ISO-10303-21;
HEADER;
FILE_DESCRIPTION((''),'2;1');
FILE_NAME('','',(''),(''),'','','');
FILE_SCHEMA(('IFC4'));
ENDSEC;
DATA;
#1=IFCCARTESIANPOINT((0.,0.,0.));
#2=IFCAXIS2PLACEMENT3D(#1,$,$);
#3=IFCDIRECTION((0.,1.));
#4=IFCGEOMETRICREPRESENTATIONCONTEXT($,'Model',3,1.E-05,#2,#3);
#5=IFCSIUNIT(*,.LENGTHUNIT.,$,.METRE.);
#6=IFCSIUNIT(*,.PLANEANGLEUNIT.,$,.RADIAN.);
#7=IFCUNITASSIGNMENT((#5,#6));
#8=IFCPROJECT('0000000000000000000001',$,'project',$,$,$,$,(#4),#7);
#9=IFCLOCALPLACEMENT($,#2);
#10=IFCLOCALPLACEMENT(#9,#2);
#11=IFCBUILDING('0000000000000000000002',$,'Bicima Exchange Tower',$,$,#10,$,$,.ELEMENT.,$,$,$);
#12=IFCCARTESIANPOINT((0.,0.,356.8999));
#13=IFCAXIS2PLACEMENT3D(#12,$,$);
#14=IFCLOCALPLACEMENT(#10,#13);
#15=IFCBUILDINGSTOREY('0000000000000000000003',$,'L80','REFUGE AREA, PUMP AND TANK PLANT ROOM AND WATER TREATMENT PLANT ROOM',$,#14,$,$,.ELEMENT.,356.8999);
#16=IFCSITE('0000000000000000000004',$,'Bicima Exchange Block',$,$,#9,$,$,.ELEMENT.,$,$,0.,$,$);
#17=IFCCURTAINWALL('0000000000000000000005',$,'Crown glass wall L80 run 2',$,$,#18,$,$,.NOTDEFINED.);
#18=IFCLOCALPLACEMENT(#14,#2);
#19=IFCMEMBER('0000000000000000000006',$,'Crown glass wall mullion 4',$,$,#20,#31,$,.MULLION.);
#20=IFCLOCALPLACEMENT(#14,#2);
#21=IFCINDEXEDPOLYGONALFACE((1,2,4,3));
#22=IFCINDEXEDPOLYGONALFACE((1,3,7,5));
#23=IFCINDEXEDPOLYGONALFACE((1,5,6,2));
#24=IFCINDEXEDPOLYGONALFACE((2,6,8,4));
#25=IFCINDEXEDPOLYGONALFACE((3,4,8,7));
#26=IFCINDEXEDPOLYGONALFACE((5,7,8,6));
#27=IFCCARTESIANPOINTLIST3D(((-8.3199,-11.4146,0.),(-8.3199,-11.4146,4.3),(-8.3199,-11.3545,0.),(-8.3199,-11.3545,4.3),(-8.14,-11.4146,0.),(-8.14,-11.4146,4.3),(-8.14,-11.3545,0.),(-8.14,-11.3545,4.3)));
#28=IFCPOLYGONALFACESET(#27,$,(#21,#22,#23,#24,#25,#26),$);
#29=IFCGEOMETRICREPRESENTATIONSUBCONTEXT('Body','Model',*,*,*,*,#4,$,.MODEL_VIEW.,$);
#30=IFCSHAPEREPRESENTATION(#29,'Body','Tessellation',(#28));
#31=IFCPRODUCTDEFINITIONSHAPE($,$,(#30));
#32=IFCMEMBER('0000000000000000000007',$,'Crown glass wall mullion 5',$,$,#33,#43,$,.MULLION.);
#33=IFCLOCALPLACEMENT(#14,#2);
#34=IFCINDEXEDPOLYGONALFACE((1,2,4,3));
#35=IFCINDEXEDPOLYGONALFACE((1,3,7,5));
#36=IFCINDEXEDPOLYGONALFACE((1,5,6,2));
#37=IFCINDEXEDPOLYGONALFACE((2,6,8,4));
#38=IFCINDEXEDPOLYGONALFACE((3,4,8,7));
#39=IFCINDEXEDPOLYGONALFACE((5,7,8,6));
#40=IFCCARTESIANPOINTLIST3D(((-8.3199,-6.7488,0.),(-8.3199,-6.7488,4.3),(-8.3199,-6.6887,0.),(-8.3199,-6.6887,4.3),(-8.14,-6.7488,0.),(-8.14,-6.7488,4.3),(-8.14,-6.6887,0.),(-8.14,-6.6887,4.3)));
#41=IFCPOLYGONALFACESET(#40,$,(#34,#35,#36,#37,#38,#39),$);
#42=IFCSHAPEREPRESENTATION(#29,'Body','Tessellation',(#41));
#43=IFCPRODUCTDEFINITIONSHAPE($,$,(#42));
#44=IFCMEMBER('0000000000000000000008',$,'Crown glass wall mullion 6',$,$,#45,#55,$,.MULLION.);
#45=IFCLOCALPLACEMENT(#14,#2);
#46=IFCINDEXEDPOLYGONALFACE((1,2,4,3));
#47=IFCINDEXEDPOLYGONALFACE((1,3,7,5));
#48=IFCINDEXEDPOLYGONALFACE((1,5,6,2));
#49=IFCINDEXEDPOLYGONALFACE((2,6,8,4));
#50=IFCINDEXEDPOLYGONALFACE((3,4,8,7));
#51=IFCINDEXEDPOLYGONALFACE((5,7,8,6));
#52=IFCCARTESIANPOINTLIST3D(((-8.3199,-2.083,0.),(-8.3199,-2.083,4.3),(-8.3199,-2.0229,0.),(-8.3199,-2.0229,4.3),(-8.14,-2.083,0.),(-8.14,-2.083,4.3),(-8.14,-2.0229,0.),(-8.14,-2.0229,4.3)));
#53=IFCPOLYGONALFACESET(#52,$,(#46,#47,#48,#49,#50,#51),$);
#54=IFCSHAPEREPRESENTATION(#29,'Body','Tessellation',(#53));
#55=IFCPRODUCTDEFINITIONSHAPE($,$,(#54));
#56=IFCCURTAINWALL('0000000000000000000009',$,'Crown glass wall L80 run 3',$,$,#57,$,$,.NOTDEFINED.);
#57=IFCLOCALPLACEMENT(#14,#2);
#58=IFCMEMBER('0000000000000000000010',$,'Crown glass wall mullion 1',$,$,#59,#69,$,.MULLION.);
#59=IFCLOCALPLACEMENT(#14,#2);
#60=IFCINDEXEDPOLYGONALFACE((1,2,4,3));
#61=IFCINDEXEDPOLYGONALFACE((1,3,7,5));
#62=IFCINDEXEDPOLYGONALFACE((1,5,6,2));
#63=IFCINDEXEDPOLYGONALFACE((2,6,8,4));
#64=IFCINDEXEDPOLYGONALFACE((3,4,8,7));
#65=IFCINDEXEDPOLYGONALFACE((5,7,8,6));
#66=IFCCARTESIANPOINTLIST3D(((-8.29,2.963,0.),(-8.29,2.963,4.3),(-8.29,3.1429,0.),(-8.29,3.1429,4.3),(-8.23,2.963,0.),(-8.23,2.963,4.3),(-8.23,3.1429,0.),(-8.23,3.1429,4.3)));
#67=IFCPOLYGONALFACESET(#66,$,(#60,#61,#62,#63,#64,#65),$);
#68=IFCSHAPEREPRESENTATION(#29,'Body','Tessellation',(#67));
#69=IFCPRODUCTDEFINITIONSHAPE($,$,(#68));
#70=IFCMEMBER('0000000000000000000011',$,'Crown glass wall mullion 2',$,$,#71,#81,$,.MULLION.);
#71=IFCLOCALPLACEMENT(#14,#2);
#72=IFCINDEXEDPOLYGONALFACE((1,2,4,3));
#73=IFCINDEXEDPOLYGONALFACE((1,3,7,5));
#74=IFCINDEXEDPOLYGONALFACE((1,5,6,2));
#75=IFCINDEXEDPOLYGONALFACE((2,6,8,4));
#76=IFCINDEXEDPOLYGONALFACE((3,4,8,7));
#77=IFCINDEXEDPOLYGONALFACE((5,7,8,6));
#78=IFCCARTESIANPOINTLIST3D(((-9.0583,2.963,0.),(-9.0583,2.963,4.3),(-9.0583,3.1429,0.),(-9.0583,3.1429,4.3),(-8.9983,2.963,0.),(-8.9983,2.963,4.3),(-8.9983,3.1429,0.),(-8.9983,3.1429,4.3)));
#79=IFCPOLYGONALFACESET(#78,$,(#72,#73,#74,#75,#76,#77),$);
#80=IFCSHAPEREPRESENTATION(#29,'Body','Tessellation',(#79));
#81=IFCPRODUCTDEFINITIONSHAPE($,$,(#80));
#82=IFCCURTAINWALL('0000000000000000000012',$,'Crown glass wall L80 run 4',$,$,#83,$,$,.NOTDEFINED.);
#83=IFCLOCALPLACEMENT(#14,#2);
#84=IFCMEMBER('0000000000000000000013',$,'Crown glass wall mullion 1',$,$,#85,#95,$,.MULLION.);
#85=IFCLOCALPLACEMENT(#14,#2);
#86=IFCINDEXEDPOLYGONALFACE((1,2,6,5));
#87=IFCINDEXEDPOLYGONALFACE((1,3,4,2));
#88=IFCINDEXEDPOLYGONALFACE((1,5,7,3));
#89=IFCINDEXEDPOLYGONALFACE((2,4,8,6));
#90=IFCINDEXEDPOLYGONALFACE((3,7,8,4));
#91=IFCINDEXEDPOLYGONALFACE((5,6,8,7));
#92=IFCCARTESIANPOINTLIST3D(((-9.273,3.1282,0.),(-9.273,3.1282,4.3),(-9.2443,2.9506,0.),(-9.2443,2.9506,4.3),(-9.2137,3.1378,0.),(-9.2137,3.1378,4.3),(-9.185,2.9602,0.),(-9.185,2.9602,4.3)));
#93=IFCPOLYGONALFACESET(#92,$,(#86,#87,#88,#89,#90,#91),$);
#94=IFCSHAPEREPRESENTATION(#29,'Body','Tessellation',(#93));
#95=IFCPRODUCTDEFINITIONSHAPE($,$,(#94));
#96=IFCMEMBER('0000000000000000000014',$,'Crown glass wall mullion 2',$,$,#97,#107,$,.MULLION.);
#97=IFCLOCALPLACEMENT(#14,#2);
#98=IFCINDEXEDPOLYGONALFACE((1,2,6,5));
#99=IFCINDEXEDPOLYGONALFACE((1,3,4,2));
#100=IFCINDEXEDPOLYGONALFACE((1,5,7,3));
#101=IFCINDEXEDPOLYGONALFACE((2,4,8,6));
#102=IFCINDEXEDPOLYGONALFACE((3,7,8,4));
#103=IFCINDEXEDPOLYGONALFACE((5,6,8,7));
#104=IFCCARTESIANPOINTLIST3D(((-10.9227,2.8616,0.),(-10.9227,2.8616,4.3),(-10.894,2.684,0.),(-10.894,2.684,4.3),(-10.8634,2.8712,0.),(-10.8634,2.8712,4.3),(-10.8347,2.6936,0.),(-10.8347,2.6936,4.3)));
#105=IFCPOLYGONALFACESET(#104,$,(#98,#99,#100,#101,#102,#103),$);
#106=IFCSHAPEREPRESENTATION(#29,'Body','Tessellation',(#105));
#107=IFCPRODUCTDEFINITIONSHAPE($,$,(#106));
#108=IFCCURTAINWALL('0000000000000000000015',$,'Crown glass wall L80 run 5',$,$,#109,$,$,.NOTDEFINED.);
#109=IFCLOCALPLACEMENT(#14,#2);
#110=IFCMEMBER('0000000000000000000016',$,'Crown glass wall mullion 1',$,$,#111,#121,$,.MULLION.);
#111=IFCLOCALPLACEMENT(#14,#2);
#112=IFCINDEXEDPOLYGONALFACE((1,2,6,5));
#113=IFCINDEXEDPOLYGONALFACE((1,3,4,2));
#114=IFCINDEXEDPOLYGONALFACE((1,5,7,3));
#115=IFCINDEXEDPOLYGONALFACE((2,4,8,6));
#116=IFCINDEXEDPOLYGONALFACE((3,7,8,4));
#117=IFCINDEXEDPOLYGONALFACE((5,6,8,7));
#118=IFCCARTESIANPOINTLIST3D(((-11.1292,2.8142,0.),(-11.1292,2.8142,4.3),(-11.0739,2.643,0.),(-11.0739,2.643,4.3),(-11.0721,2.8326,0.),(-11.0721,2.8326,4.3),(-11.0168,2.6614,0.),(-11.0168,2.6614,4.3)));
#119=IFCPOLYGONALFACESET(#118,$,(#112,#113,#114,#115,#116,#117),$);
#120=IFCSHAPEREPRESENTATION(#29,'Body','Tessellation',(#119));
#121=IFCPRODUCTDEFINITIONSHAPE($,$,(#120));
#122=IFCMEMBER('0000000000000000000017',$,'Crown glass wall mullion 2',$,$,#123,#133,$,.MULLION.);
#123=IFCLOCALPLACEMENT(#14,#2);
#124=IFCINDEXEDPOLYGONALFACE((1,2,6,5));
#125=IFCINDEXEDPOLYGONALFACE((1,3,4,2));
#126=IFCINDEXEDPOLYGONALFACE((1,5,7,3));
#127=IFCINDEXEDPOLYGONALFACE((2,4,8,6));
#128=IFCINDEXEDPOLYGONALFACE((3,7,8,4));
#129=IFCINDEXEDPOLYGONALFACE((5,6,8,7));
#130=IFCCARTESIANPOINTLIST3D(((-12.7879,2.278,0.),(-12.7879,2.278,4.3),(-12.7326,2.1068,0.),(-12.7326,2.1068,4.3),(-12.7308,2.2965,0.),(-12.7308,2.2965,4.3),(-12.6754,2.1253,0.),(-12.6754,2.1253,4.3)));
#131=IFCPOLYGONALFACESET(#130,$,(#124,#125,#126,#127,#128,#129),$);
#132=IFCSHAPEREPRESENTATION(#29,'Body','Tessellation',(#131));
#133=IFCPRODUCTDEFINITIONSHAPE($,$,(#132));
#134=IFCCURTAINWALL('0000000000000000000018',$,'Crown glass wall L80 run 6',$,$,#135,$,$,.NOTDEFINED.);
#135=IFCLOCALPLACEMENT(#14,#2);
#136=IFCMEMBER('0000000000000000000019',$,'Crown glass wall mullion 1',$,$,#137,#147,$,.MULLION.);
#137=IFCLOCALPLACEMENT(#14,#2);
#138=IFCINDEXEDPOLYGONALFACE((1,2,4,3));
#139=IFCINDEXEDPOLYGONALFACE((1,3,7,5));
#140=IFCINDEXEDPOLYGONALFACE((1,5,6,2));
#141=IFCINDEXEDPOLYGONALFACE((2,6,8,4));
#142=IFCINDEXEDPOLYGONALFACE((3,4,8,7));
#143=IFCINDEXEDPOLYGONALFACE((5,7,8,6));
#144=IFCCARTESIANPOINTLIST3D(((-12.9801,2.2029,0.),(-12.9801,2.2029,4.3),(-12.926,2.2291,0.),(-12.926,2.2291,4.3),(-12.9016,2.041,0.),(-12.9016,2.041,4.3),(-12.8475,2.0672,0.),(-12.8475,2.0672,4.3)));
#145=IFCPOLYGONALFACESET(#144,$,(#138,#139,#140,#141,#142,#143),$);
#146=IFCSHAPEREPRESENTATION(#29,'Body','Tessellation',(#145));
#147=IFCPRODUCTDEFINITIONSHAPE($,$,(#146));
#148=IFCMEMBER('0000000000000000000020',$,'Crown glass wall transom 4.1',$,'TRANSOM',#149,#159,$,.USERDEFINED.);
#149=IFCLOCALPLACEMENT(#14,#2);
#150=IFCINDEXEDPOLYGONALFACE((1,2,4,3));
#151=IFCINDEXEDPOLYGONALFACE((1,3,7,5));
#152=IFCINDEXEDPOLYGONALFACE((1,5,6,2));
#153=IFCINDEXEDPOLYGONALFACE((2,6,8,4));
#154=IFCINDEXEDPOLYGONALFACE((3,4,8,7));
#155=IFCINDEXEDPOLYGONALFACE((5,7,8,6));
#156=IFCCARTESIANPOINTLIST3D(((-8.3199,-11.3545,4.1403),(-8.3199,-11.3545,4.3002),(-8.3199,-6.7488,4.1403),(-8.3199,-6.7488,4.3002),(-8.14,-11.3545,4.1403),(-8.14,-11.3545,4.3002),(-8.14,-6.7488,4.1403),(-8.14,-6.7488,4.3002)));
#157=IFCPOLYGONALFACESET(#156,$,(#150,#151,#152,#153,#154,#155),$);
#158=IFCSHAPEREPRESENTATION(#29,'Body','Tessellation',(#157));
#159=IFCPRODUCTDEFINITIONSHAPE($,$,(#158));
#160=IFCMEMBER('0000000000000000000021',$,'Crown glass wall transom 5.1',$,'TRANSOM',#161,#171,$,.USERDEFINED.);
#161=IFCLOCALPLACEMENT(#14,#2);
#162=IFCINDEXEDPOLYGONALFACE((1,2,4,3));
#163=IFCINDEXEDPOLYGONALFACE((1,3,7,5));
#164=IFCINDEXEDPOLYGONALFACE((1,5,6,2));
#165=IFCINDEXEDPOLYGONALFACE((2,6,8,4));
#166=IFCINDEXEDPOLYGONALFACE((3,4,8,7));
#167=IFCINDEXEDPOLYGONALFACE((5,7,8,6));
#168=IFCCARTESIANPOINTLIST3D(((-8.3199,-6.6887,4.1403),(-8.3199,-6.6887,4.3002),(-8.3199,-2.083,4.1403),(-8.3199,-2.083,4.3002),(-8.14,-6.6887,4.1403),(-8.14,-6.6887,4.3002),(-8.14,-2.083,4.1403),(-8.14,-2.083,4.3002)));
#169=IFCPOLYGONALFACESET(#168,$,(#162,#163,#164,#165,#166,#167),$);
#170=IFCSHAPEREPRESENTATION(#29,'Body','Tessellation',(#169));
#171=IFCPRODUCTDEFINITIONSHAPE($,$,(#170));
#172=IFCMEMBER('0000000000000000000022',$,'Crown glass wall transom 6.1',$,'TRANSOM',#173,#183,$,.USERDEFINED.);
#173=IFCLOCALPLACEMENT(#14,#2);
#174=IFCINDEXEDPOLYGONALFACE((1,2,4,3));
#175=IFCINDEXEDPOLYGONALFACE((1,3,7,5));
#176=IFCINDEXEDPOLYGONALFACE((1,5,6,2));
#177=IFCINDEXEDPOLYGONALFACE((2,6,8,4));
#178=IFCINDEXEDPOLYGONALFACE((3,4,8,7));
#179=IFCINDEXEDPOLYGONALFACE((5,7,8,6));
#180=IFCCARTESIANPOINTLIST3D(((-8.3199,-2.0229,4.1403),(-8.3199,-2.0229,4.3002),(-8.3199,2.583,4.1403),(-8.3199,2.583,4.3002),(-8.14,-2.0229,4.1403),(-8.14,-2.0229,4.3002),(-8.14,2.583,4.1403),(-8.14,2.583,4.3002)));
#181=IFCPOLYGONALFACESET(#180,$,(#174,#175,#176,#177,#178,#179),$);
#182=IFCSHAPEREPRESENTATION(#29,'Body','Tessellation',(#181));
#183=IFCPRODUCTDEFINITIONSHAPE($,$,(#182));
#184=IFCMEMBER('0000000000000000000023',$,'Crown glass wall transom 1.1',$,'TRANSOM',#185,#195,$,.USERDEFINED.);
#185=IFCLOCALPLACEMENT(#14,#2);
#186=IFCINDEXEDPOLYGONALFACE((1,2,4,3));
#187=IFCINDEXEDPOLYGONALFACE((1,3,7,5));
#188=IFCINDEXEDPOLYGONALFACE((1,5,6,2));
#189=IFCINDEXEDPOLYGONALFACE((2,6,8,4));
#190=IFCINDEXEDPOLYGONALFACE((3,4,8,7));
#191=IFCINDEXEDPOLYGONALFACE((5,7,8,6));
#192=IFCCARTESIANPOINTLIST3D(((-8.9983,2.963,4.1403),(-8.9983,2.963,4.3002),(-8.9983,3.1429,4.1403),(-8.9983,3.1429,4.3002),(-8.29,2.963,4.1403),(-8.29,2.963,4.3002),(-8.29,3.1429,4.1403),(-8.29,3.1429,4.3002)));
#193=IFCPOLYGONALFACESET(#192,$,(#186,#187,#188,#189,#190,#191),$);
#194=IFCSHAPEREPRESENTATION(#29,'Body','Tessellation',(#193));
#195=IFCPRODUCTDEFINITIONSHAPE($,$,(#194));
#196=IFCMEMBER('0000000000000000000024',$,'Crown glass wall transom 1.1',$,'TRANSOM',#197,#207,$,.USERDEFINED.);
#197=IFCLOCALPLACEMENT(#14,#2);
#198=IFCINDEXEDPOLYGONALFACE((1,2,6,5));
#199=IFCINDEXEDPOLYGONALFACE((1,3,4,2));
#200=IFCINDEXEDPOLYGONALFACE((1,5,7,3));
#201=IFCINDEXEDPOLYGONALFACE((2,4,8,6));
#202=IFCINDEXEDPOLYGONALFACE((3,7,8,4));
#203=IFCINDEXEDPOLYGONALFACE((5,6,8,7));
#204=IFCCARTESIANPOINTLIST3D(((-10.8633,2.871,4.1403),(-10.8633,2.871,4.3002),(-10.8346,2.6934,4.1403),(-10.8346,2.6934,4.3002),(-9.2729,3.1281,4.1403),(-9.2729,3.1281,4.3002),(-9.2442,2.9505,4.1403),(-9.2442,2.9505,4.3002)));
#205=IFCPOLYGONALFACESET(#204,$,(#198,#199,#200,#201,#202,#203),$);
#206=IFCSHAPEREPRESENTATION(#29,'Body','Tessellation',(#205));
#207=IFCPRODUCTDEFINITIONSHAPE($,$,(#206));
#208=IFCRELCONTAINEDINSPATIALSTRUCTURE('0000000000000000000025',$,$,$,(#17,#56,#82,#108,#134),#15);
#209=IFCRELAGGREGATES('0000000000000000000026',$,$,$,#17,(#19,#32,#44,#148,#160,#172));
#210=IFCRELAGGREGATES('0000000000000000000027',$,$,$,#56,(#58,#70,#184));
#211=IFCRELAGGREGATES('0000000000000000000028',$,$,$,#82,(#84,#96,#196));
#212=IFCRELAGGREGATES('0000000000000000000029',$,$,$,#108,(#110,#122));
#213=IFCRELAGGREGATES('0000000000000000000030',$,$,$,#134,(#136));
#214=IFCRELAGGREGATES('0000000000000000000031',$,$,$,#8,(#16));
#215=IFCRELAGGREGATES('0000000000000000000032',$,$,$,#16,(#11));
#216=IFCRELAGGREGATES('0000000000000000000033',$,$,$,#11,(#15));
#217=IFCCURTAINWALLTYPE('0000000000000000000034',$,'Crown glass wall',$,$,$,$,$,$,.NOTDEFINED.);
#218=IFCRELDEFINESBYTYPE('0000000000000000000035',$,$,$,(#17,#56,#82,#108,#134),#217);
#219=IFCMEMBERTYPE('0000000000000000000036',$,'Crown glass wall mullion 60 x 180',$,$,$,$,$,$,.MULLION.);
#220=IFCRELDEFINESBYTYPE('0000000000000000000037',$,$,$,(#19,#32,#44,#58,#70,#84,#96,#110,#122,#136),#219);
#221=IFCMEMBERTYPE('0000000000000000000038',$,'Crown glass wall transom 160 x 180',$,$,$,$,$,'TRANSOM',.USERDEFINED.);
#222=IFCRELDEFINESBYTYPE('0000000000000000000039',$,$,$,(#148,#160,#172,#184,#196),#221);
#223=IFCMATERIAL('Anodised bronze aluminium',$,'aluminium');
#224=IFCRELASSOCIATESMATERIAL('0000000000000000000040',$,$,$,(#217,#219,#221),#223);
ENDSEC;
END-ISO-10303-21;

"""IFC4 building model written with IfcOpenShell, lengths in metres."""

from ifc_helpers import new_model, si_unit, direction, frame, origin, origin_2d, place, context, subcontext, project, spatial, rectangle, extrude, material, material_profile, profile_set, type_object, element, aggregate, save


model = new_model("IFC4")

# Units and contexts
model_context = context("Model", 3, precision=1e-05, world=origin(), true_north=direction((0.0, 1.0)))
body_context = subcontext(model_context, "Body", "Model", "MODEL_VIEW")
ifc_project = project(units=[si_unit("LENGTHUNIT", "METRE"), si_unit("PLANEANGLEUNIT", "RADIAN")], contexts=[model_context])

# Site, building, storey
site_placement = place(None, origin())
site = spatial("IfcSite", under=ifc_project, at=site_placement, Name="Bicima Exchange Block", CompositionType="ELEMENT", RefElevation=0.0)
building_placement = place(site_placement, origin())
building = spatial("IfcBuilding", under=site, at=building_placement, Name="Bicima Exchange Tower", CompositionType="ELEMENT")
storey_placement = place(building_placement, frame((0.0, 0.0, 356.8999)))
storey = spatial("IfcBuildingStorey", under=building, at=storey_placement, Name="L80", Description="REFUGE AREA, PUMP AND TANK PLANT ROOM AND WATER TREATMENT PLANT ROOM", CompositionType="ELEMENT", Elevation=356.8999)

# Curtain walls, members
ifc_material_1 = material(Name="Anodised bronze aluminium", Category="aluminium")
curtain_wall_type = type_object("IfcCurtainWallType", Name="Crown glass wall", PredefinedType="NOTDEFINED", material=ifc_material_1)
curtain_wall_1_placement = place(storey_placement, origin())
curtain_wall_1 = element("IfcCurtainWall", 1, at=curtain_wall_1_placement, inside=storey, type_object=curtain_wall_type, Name="Crown glass wall L80 run 2", PredefinedType="NOTDEFINED")
ifc_material_profile_1 = material_profile(ifc_material_1, rectangle(XDim=0.1799, YDim=0.0601, at=origin_2d()))
ifc_profile_set_1 = profile_set([ifc_material_profile_1], Name="Anodised bronze aluminium")
member_type_1 = type_object("IfcMemberType", Name="Crown glass wall mullion 60 x 180", PredefinedType="MULLION", material=ifc_profile_set_1)
member_1_placement = place(storey_placement, frame((-8.23, -11.3845, 0.0), z_axis=(0.0, 0.0, 1.0), x_axis=(-1.0, 0.0, 0.0)))
member_1 = element("IfcMember", 2, at=member_1_placement, type_object=member_type_1, Name="Crown glass wall mullion 4", PredefinedType="MULLION", context=body_context, shape_type="SweptSolid", body=[
    extrude(rectangle(XDim=0.1799, YDim=0.0601, at=origin_2d()), origin(), (0.0, 0.0, 1.0), 4.3),
])
member_2_placement = place(storey_placement, frame((-8.23, -6.7188, 0.0), z_axis=(0.0, 0.0, 1.0), x_axis=(-1.0, 0.0, 0.0)))
member_2 = element("IfcMember", 3, at=member_2_placement, type_object=member_type_1, Name="Crown glass wall mullion 5", PredefinedType="MULLION", context=body_context, shape_type="SweptSolid", body=[
    extrude(rectangle(XDim=0.1799, YDim=0.0601, at=origin_2d()), origin(), (0.0, 0.0, 1.0), 4.3),
])
member_3_placement = place(storey_placement, frame((-8.23, -2.053, 0.0), z_axis=(0.0, 0.0, 1.0), x_axis=(-1.0, 0.0, 0.0)))
member_3 = element("IfcMember", 4, at=member_3_placement, type_object=member_type_1, Name="Crown glass wall mullion 6", PredefinedType="MULLION", context=body_context, shape_type="SweptSolid", body=[
    extrude(rectangle(XDim=0.1799, YDim=0.0601, at=origin_2d()), origin(), (0.0, 0.0, 1.0), 4.3),
])
curtain_wall_2_placement = place(storey_placement, origin())
curtain_wall_2 = element("IfcCurtainWall", 5, at=curtain_wall_2_placement, inside=storey, type_object=curtain_wall_type, Name="Crown glass wall L80 run 3", PredefinedType="NOTDEFINED")
member_4_placement = place(storey_placement, frame((-8.26, 3.053, 0.0), z_axis=(0.0, 0.0, 1.0), x_axis=(0.0, -1.0, 0.0)))
member_4 = element("IfcMember", 6, at=member_4_placement, type_object=member_type_1, Name="Crown glass wall mullion 1", PredefinedType="MULLION", context=body_context, shape_type="SweptSolid", body=[
    extrude(rectangle(XDim=0.1799, YDim=0.0601, at=origin_2d()), origin(), (0.0, 0.0, 1.0), 4.3),
])
member_5_placement = place(storey_placement, frame((-9.0283, 3.053, 0.0), z_axis=(0.0, 0.0, 1.0), x_axis=(0.0, -1.0, 0.0)))
member_5 = element("IfcMember", 7, at=member_5_placement, type_object=member_type_1, Name="Crown glass wall mullion 2", PredefinedType="MULLION", context=body_context, shape_type="SweptSolid", body=[
    extrude(rectangle(XDim=0.1799, YDim=0.0601, at=origin_2d()), origin(), (0.0, 0.0, 1.0), 4.3),
])
curtain_wall_3_placement = place(storey_placement, origin())
curtain_wall_3 = element("IfcCurtainWall", 8, at=curtain_wall_3_placement, inside=storey, type_object=curtain_wall_type, Name="Crown glass wall L80 run 4", PredefinedType="NOTDEFINED")
member_6_placement = place(storey_placement, frame((-9.229, 3.0442, 0.0), z_axis=(0.0, 0.0, 1.0), x_axis=(0.15955, -0.98719, 0.0)))
member_6 = element("IfcMember", 9, at=member_6_placement, type_object=member_type_1, Name="Crown glass wall mullion 1", PredefinedType="MULLION", context=body_context, shape_type="SweptSolid", body=[
    extrude(rectangle(XDim=0.1799, YDim=0.0601, at=origin_2d()), origin(), (0.0, 0.0, 1.0), 4.3),
])
member_7_placement = place(storey_placement, frame((-10.8787, 2.7776, 0.0), z_axis=(0.0, 0.0, 1.0), x_axis=(0.15955, -0.98719, 0.0)))
member_7 = element("IfcMember", 10, at=member_7_placement, type_object=member_type_1, Name="Crown glass wall mullion 2", PredefinedType="MULLION", context=body_context, shape_type="SweptSolid", body=[
    extrude(rectangle(XDim=0.1799, YDim=0.0601, at=origin_2d()), origin(), (0.0, 0.0, 1.0), 4.3),
])
curtain_wall_4_placement = place(storey_placement, origin())
curtain_wall_4 = element("IfcCurtainWall", 11, at=curtain_wall_4_placement, inside=storey, type_object=curtain_wall_type, Name="Crown glass wall L80 run 5", PredefinedType="NOTDEFINED")
member_8_placement = place(storey_placement, frame((-11.073, 2.7378, 0.0), z_axis=(0.0, 0.0, 1.0), x_axis=(0.307573, -0.951525, 0.0)))
member_8 = element("IfcMember", 12, at=member_8_placement, type_object=member_type_1, Name="Crown glass wall mullion 1", PredefinedType="MULLION", context=body_context, shape_type="SweptSolid", body=[
    extrude(rectangle(XDim=0.1799, YDim=0.0601, at=origin_2d()), origin(), (0.0, 0.0, 1.0), 4.3),
])
member_9_placement = place(storey_placement, frame((-12.7317, 2.2017, 0.0), z_axis=(0.0, 0.0, 1.0), x_axis=(0.307573, -0.951525, 0.0)))
member_9 = element("IfcMember", 13, at=member_9_placement, type_object=member_type_1, Name="Crown glass wall mullion 2", PredefinedType="MULLION", context=body_context, shape_type="SweptSolid", body=[
    extrude(rectangle(XDim=0.1799, YDim=0.0601, at=origin_2d()), origin(), (0.0, 0.0, 1.0), 4.3),
])

# Curtain wall, member
curtain_wall_5_placement = place(storey_placement, origin())
curtain_wall_5 = element("IfcCurtainWall", 14, at=curtain_wall_5_placement, inside=storey, type_object=curtain_wall_type, Name="Crown glass wall L80 run 6", PredefinedType="NOTDEFINED")
member_10_placement = place(storey_placement, frame((-12.9138, 2.135, 0.0), z_axis=(0.0, 0.0, 1.0), x_axis=(0.436265, -0.899818, 0.0)))
member_10 = element("IfcMember", 15, at=member_10_placement, type_object=member_type_1, Name="Crown glass wall mullion 1", PredefinedType="MULLION", context=body_context, shape_type="SweptSolid", body=[
    extrude(rectangle(XDim=0.1799, YDim=0.0601, at=origin_2d()), origin(), (0.0, 0.0, 1.0), 4.3),
])

# Members
ifc_material_profile_2 = material_profile(ifc_material_1, rectangle(XDim=0.1799, YDim=0.1599, at=origin_2d()))
ifc_profile_set_2 = profile_set([ifc_material_profile_2], Name="Anodised bronze aluminium")
member_type_2 = type_object("IfcMemberType", Name="Crown glass wall transom 160 x 180", ElementType="TRANSOM", PredefinedType="USERDEFINED", material=ifc_profile_set_2)
member_11_placement = place(storey_placement, frame((-8.23, -11.3545, 4.2202), z_axis=(0.0, 1.0, 0.0), x_axis=(-1.0, 0.0, 0.0)))
member_11 = element("IfcMember", 16, at=member_11_placement, type_object=member_type_2, Name="Crown glass wall transom 4.1", ObjectType="TRANSOM", PredefinedType="USERDEFINED", context=body_context, shape_type="SweptSolid", body=[
    extrude(rectangle(XDim=0.1799, YDim=0.1599, at=origin_2d()), origin(), (0.0, 0.0, 1.0), 4.6057),
])
member_12_placement = place(storey_placement, frame((-8.23, -6.6887, 4.2202), z_axis=(0.0, 1.0, 0.0), x_axis=(-1.0, 0.0, 0.0)))
member_12 = element("IfcMember", 17, at=member_12_placement, type_object=member_type_2, Name="Crown glass wall transom 5.1", ObjectType="TRANSOM", PredefinedType="USERDEFINED", context=body_context, shape_type="SweptSolid", body=[
    extrude(rectangle(XDim=0.1799, YDim=0.1599, at=origin_2d()), origin(), (0.0, 0.0, 1.0), 4.6057),
])
member_13_placement = place(storey_placement, frame((-8.23, -2.0229, 4.2202), z_axis=(0.0, 1.0, 0.0), x_axis=(-1.0, 0.0, 0.0)))
member_13 = element("IfcMember", 18, at=member_13_placement, type_object=member_type_2, Name="Crown glass wall transom 6.1", ObjectType="TRANSOM", PredefinedType="USERDEFINED", context=body_context, shape_type="SweptSolid", body=[
    extrude(rectangle(XDim=0.1799, YDim=0.1599, at=origin_2d()), origin(), (0.0, 0.0, 1.0), 4.606),
])
member_14_placement = place(storey_placement, frame((-8.29, 3.053, 4.2202), z_axis=(-1.0, 0.0, 0.0), x_axis=(0.0, -1.0, 0.0)))
member_14 = element("IfcMember", 19, at=member_14_placement, type_object=member_type_2, Name="Crown glass wall transom 1.1", ObjectType="TRANSOM", PredefinedType="USERDEFINED", context=body_context, shape_type="SweptSolid", body=[
    extrude(rectangle(XDim=0.1799, YDim=0.1599, at=origin_2d()), origin(), (0.0, 0.0, 1.0), 0.7083),
])
member_15_placement = place(storey_placement, frame((-9.2585, 3.0393, 4.2202), z_axis=(-0.987185, -0.15958, 0.0), x_axis=(0.15958, -0.987185, 0.0)))
member_15 = element("IfcMember", 20, at=member_15_placement, type_object=member_type_2, Name="Crown glass wall transom 1.1", ObjectType="TRANSOM", PredefinedType="USERDEFINED", context=body_context, shape_type="SweptSolid", body=[
    extrude(rectangle(XDim=0.1799, YDim=0.1599, at=origin_2d()), origin(), (0.0, 0.0, 1.0), 1.6111),
])

aggregate(curtain_wall_1, [member_1, member_2, member_3, member_11, member_12, member_13])
aggregate(curtain_wall_2, [member_4, member_5, member_14])
aggregate(curtain_wall_3, [member_6, member_7, member_15])
aggregate(curtain_wall_4, [member_8, member_9])
aggregate(curtain_wall_5, [member_10])

save(model, "model.ifc")
